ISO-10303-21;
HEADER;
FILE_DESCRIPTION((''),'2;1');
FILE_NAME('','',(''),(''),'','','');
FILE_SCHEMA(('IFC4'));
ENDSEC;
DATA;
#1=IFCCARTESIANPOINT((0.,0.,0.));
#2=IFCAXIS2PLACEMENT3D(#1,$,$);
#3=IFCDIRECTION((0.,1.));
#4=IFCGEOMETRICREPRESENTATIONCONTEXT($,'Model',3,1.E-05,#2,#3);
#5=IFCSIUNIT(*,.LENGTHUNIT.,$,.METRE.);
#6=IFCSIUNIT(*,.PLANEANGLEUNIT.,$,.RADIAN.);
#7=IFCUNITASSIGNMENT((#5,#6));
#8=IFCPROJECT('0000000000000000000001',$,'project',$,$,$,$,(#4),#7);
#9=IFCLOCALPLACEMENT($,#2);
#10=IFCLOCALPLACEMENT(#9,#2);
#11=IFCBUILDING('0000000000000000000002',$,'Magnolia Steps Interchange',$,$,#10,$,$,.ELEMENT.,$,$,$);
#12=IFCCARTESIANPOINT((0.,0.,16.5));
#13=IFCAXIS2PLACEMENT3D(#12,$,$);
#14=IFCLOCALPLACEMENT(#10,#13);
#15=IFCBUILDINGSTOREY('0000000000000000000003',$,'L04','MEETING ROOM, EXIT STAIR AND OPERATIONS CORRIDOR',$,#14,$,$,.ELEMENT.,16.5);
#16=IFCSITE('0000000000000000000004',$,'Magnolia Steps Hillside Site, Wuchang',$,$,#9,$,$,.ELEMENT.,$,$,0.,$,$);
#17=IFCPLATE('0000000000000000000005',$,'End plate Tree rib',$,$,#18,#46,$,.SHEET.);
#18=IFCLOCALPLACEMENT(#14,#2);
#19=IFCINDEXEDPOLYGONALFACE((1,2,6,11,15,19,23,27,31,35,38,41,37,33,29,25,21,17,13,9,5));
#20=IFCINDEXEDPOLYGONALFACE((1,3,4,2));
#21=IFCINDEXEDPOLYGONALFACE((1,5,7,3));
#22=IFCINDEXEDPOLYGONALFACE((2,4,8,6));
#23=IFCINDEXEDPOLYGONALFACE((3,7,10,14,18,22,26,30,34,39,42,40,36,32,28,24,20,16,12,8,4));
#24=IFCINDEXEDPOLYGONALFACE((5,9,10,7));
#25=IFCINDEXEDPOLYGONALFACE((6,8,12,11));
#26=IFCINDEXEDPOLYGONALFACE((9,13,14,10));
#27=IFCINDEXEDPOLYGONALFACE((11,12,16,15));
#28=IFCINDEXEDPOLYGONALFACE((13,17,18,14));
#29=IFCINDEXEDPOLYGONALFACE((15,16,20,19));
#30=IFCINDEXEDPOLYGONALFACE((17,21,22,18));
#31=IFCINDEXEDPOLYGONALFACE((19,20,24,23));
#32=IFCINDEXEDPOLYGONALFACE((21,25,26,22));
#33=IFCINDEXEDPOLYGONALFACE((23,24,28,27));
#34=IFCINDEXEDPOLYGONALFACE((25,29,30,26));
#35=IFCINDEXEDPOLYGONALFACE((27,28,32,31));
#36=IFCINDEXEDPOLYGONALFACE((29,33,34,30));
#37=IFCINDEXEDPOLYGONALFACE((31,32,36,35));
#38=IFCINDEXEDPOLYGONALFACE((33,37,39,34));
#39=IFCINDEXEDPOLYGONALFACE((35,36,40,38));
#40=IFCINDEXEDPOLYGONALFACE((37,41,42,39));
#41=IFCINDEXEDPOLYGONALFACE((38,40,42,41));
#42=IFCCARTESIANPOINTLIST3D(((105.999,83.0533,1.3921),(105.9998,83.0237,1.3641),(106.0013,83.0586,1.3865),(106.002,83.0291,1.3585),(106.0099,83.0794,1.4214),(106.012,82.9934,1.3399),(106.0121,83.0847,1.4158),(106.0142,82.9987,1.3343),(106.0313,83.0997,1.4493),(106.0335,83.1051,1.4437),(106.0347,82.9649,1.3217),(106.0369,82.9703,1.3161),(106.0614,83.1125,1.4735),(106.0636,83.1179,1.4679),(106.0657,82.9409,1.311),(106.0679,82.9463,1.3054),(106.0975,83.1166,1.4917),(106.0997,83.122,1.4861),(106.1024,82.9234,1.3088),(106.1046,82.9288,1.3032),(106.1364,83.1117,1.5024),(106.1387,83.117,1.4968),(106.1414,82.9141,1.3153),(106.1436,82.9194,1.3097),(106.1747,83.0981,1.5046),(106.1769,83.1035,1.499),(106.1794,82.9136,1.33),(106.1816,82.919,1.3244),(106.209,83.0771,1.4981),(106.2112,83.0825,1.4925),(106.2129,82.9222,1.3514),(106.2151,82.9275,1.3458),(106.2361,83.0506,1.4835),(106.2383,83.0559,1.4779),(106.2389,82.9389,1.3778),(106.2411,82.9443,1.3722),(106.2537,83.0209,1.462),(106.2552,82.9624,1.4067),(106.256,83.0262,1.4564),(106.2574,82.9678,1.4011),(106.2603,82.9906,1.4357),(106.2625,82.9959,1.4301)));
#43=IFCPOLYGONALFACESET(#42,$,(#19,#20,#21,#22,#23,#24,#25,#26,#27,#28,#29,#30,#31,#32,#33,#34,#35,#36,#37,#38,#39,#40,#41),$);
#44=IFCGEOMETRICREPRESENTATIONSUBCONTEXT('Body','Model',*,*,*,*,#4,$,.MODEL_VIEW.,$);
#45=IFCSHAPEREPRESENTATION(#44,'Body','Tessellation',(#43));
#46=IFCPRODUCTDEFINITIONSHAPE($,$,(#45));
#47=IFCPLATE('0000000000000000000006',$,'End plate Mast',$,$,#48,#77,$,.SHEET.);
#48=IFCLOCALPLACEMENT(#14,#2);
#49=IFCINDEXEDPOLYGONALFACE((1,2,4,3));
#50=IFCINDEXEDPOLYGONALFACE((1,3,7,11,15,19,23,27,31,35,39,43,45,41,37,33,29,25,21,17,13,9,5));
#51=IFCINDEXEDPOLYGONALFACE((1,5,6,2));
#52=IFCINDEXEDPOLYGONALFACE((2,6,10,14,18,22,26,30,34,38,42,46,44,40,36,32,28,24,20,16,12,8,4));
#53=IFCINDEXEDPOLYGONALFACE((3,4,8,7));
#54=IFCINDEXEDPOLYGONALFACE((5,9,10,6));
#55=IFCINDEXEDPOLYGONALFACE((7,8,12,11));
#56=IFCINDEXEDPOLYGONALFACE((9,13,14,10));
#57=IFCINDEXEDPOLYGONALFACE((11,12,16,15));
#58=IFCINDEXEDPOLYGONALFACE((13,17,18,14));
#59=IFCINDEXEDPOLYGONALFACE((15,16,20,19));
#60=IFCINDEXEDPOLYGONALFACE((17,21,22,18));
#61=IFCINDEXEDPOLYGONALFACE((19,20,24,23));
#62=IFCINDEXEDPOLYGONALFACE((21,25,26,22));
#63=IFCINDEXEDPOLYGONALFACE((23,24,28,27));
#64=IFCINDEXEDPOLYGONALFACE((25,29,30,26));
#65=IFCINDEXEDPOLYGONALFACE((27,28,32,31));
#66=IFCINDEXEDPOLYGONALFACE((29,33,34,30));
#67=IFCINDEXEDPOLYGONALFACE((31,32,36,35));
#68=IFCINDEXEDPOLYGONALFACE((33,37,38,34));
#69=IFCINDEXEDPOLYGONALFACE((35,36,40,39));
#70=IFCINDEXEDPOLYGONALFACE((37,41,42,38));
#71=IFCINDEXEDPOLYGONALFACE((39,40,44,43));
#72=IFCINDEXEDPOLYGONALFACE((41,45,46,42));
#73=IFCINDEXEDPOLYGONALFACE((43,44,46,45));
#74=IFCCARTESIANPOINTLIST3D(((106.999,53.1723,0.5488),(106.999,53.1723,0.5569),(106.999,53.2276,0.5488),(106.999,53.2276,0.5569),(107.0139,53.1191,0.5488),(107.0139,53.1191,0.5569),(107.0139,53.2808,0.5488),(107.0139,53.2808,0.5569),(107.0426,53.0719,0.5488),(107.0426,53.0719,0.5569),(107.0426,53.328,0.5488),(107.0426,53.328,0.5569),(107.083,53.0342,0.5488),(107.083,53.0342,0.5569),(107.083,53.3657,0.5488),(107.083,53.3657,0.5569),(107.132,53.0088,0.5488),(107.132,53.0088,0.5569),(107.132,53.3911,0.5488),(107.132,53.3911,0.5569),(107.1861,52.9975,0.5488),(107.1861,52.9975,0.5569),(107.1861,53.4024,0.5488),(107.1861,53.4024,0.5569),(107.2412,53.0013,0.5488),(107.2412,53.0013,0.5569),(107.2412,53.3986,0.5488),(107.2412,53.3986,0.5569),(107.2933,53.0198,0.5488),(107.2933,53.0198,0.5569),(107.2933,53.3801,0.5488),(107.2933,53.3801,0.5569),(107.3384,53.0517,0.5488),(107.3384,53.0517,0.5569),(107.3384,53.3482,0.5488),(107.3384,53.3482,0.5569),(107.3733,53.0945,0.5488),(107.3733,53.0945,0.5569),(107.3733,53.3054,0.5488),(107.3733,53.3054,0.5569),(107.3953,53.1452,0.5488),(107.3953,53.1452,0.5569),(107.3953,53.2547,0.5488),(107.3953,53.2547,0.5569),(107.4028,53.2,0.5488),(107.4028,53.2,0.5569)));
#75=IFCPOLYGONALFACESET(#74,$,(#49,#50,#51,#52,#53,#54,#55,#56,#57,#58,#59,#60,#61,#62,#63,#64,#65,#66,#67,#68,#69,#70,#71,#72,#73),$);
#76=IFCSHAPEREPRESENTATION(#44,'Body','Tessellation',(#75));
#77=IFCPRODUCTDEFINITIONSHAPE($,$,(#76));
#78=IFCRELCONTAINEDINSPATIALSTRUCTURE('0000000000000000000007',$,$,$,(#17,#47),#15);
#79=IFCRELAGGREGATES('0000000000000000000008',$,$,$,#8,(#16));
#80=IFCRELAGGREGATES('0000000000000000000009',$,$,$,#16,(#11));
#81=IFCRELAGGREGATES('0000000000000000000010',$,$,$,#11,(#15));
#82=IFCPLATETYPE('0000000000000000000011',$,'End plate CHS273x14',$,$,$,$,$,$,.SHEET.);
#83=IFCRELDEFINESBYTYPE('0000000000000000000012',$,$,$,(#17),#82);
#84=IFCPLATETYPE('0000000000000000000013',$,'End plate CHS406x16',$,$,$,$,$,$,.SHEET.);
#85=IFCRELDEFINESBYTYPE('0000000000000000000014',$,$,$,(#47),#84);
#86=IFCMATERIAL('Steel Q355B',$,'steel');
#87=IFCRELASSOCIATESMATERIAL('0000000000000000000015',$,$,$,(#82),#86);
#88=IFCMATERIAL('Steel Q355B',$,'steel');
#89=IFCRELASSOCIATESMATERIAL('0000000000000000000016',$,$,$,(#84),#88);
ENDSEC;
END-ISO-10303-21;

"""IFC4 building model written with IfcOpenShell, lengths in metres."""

from ifc_helpers import new_model, si_unit, direction, frame, origin, origin_2d, place, context, subcontext, project, spatial, circle, extrude, material, material_profile, profile_set, type_object, element, save


model = new_model("IFC4")

# Units and contexts
model_context = context("Model", 3, precision=1e-05, world=origin(), true_north=direction((0.0, 1.0)))
body_context = subcontext(model_context, "Body", "Model", "MODEL_VIEW")
ifc_project = project(units=[si_unit("LENGTHUNIT", "METRE"), si_unit("PLANEANGLEUNIT", "RADIAN")], contexts=[model_context])

# Site, building, storey
site_placement = place(None, origin())
site = spatial("IfcSite", under=ifc_project, at=site_placement, Name="Magnolia Steps Hillside Site, Wuchang", CompositionType="ELEMENT", RefElevation=0.0)
building_placement = place(site_placement, origin())
building = spatial("IfcBuilding", under=site, at=building_placement, Name="Magnolia Steps Interchange", CompositionType="ELEMENT")
storey_placement = place(building_placement, frame((0.0, 0.0, 16.5)))
storey = spatial("IfcBuildingStorey", under=building, at=storey_placement, Name="L04", Description="MEETING ROOM, EXIT STAIR AND OPERATIONS CORRIDOR", CompositionType="ELEMENT", Elevation=16.5)

# Plates
ifc_material_1 = material(Name="Steel Q355B", Category="steel")
ifc_material_profile_1 = material_profile(ifc_material_1, circle(Radius=0.1365, at=origin_2d()), Name="End plate CHS273x14")
ifc_profile_set_1 = profile_set([ifc_material_profile_1], Name="Steel Q355B")
plate_type_1 = type_object("IfcPlateType", Name="End plate CHS273x14", PredefinedType="SHEET", material=ifc_profile_set_1)
for number, where, z_axis, x_axis, name in (
    (1, (106.1313, 83.02, 1.4011), (-0.275279, -0.664583, 0.694658), (0.92388, -0.382683, 0.0), "End plate Tree rib"),
):
    element("IfcPlate", number, at=place(storey_placement, frame(where, z_axis=z_axis, x_axis=x_axis)), inside=storey, type_object=plate_type_1, Name=name, PredefinedType="SHEET", context=body_context, shape_type="SweptSolid", body=[
        extrude(circle(Radius=0.1365, at=origin_2d()), origin(), (0.0, 0.0, 1.0), 0.0081),
    ])
ifc_material_2 = material(Name="Steel Q355B", Category="steel")
ifc_material_profile_2 = material_profile(ifc_material_2, circle(Radius=0.2029, at=origin_2d()), Name="End plate CHS406x16")
ifc_profile_set_2 = profile_set([ifc_material_profile_2], Name="Steel Q355B")
plate_type_2 = type_object("IfcPlateType", Name="End plate CHS406x16", PredefinedType="SHEET", material=ifc_profile_set_2)
plate_placement = place(storey_placement, frame((107.2, 53.2, 0.5488), z_axis=(0.0, 0.0, 1.0), x_axis=(1.0, 0.0, 0.0)))
element("IfcPlate", 2, at=plate_placement, inside=storey, type_object=plate_type_2, Name="End plate Mast", PredefinedType="SHEET", context=body_context, shape_type="SweptSolid", body=[
    extrude(circle(Radius=0.2029, at=origin_2d()), origin(), (0.0, 0.0, 1.0), 0.0081),
])

save(model, "model.ifc")
